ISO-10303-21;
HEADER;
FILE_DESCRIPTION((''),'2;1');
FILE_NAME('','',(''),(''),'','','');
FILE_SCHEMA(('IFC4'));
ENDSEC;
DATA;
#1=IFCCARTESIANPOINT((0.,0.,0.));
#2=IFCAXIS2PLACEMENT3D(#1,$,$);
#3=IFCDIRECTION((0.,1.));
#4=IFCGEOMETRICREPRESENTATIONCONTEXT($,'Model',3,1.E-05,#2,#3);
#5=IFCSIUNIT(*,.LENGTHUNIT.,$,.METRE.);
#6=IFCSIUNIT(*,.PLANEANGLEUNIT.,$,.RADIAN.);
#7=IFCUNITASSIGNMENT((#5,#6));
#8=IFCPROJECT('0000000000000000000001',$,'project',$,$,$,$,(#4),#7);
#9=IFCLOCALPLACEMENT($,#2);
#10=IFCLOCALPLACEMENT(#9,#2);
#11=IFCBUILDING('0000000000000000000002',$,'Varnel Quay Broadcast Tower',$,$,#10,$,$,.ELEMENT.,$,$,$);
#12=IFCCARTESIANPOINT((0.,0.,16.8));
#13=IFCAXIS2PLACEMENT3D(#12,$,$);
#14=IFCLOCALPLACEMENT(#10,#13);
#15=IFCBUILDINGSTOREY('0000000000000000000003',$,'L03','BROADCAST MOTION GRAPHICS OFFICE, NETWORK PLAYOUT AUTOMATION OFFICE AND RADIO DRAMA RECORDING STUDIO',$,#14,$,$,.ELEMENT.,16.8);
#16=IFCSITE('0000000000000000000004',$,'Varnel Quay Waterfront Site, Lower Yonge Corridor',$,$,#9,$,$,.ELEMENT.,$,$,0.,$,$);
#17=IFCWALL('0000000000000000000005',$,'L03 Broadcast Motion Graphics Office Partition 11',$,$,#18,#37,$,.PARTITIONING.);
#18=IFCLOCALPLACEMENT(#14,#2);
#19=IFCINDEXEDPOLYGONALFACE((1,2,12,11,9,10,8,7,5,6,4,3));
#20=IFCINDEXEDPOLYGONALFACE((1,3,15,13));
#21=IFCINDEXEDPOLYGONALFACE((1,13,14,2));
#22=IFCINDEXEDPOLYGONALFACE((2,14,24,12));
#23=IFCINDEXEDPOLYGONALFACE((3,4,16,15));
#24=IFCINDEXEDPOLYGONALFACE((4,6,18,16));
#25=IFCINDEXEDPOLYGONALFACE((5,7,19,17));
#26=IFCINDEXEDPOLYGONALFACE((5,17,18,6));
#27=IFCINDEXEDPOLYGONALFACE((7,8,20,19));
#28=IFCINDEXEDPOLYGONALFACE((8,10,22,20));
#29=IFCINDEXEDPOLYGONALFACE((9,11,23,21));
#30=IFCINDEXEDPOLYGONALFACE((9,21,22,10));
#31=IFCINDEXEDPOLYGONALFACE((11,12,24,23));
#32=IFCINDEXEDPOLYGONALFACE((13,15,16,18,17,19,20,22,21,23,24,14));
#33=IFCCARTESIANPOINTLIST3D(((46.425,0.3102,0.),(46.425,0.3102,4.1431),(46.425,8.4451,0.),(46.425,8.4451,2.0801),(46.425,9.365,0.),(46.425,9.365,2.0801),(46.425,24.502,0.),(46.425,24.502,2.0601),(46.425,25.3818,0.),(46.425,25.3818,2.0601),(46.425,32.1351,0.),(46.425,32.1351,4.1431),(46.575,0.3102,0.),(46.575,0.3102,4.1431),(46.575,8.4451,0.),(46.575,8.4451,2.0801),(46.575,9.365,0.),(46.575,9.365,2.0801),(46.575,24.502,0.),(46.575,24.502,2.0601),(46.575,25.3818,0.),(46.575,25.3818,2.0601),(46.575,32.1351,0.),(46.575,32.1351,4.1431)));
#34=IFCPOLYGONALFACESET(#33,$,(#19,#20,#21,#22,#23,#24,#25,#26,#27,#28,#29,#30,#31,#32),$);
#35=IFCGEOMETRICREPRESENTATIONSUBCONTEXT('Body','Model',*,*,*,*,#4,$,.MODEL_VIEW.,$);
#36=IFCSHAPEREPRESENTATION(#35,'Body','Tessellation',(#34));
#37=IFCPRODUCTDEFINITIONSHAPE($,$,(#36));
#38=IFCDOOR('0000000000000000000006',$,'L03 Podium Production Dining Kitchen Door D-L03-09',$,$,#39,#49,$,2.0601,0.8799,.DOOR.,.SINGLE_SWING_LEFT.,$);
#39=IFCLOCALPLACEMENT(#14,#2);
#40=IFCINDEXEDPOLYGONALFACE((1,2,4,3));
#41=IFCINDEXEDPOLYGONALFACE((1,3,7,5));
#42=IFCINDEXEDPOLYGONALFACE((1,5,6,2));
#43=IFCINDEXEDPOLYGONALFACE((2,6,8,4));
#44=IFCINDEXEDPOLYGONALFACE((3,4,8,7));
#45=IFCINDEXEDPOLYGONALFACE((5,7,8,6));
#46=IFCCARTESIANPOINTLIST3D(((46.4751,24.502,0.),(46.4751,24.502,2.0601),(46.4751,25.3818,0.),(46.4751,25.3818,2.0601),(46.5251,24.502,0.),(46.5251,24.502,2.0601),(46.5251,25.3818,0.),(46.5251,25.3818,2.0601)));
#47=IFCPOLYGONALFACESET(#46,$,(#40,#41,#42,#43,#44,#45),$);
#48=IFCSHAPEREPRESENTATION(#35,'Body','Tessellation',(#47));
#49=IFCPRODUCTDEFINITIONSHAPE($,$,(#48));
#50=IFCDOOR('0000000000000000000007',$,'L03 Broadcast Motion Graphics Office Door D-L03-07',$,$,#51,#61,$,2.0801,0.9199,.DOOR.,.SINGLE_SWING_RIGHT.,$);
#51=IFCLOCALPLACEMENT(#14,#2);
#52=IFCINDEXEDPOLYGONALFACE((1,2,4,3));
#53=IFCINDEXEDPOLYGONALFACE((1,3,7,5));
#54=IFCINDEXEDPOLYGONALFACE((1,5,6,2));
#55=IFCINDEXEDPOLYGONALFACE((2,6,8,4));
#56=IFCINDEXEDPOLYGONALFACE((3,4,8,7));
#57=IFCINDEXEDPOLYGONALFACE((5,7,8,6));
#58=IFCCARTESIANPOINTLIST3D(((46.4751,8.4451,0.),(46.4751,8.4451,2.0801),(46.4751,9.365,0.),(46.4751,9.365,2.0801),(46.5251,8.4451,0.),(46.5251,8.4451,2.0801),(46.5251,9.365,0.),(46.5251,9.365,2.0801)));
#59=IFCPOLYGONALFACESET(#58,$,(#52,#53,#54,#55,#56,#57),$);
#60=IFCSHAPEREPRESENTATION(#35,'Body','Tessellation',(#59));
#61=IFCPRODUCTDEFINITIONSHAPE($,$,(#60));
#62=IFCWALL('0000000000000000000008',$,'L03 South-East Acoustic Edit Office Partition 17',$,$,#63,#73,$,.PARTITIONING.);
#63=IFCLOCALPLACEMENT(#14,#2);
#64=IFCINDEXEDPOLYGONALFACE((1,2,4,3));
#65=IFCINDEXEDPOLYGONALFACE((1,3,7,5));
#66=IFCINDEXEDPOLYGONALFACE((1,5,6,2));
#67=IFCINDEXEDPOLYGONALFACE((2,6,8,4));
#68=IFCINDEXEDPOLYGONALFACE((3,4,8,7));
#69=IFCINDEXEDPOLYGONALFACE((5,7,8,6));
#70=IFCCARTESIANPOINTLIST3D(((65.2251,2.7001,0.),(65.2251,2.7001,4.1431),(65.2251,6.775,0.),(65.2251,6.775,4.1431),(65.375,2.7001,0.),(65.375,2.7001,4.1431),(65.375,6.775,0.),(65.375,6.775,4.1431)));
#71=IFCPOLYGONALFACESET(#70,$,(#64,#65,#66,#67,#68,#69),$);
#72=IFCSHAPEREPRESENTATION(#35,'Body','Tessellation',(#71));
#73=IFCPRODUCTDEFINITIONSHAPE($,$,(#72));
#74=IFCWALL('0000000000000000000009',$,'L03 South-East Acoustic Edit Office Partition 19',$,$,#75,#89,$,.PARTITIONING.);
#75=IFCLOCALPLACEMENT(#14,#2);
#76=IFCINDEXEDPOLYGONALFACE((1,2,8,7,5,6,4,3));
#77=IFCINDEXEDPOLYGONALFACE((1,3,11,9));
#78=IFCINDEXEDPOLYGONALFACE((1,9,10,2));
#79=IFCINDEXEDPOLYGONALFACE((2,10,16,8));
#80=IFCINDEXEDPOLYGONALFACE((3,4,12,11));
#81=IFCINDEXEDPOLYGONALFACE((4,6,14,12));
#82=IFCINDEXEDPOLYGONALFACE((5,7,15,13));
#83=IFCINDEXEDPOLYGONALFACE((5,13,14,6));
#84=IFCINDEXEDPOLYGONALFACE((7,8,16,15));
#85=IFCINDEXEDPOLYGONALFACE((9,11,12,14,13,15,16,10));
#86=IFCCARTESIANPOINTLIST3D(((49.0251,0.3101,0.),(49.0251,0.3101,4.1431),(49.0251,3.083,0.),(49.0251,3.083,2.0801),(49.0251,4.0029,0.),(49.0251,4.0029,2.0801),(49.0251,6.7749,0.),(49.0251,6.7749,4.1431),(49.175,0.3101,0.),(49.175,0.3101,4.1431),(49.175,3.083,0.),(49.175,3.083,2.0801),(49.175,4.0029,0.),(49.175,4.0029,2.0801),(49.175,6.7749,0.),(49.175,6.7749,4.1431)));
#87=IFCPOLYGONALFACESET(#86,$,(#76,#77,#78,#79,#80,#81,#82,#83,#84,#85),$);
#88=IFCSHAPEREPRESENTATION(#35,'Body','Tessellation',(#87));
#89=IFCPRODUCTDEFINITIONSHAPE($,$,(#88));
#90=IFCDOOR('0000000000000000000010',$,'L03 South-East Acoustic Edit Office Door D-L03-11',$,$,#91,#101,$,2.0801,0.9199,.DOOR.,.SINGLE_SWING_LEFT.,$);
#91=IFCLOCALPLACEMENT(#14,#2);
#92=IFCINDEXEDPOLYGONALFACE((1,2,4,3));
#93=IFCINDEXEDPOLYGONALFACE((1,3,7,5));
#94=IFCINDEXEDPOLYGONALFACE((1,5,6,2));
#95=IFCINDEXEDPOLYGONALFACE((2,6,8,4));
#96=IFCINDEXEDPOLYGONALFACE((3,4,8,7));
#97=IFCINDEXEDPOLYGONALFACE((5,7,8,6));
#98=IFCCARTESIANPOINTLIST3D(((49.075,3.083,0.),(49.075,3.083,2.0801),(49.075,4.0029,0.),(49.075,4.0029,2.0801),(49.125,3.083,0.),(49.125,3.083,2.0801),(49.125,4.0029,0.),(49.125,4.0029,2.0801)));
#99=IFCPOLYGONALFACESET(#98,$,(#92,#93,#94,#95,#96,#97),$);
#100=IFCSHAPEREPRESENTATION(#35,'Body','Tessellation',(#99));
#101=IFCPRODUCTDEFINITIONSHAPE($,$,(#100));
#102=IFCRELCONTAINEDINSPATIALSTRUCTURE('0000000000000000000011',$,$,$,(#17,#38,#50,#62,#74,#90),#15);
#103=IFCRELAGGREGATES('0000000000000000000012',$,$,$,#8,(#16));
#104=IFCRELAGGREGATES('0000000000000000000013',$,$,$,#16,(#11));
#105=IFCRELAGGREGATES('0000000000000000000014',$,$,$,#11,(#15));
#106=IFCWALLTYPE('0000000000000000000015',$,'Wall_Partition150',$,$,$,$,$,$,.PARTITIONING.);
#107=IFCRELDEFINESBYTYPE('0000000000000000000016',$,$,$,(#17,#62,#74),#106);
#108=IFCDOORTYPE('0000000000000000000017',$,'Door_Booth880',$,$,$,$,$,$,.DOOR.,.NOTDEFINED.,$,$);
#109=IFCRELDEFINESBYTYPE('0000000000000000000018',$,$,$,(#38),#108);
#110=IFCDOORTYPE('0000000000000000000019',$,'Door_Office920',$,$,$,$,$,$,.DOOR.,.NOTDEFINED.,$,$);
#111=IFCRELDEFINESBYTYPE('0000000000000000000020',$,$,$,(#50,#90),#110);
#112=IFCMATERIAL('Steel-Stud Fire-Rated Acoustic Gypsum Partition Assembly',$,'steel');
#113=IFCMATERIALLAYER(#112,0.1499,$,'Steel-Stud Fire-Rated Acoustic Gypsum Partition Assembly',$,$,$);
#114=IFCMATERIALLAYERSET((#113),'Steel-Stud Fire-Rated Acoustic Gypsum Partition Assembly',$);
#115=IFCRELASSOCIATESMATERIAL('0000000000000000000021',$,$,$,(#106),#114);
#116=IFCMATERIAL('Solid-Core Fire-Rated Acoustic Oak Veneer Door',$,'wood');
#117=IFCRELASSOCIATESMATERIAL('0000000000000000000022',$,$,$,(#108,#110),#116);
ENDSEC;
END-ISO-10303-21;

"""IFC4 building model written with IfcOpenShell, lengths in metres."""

from ifc_helpers import new_model, si_unit, direction, frame, frame_2d, origin, place, context, subcontext, project, spatial, rectangle, extrude, source, transform, mapped, material, layer, layer_set, type_object, type_shapes, element, fill, save


model = new_model("IFC4")

# Units and contexts
model_context = context("Model", 3, precision=1e-05, world=origin(), true_north=direction((0.0, 1.0)))
body_context = subcontext(model_context, "Body", "Model", "MODEL_VIEW")
ifc_project = project(units=[si_unit("LENGTHUNIT", "METRE"), si_unit("PLANEANGLEUNIT", "RADIAN")], contexts=[model_context])

# Site, building, storey
site_placement = place(None, origin())
site = spatial("IfcSite", under=ifc_project, at=site_placement, Name="Varnel Quay Waterfront Site, Lower Yonge Corridor", CompositionType="ELEMENT", RefElevation=0.0)
building_placement = place(site_placement, origin())
building = spatial("IfcBuilding", under=site, at=building_placement, Name="Varnel Quay Broadcast Tower", CompositionType="ELEMENT")
storey_placement = place(building_placement, frame((0.0, 0.0, 16.8)))
storey = spatial("IfcBuildingStorey", under=building, at=storey_placement, Name="L03", Description="BROADCAST MOTION GRAPHICS OFFICE, NETWORK PLAYOUT AUTOMATION OFFICE AND RADIO DRAMA RECORDING STUDIO", CompositionType="ELEMENT", Elevation=16.8)

# Wall, openings, doors
ifc_material_1 = material(Name="Steel-Stud Fire-Rated Acoustic Gypsum Partition Assembly", Category="steel")
ifc_layer_1 = layer(ifc_material_1, 0.1499, Name="Steel-Stud Fire-Rated Acoustic Gypsum Partition Assembly")
ifc_layer_set_1 = layer_set([ifc_layer_1], Name="Steel-Stud Fire-Rated Acoustic Gypsum Partition Assembly")
wall_type_1 = type_object("IfcWallType", Name="Wall_Partition150", PredefinedType="PARTITIONING", material=ifc_layer_set_1)
wall_1_placement = place(storey_placement, frame((46.5, 0.3101, 0.0), z_axis=(0.0, 0.0, 1.0), x_axis=(0.0, 1.0, 0.0)))
wall_1 = element("IfcWall", 1, at=wall_1_placement, inside=storey, type_object=wall_type_1, Name="L03 Broadcast Motion Graphics Office Partition 11", PredefinedType="PARTITIONING", context=body_context, shape_type="SweptSolid", body=[
    extrude(rectangle(XDim=31.825, YDim=0.1499, at=frame_2d((15.9126, 0.0))), origin(), (0.0, 0.0, 1.0), 4.1431),
])
opening_1_placement = place(wall_1_placement, frame((8.135, 0.0, 0.0)))
opening_1 = element("IfcOpeningElement", 2, at=opening_1_placement, cuts=wall_1, PredefinedType="OPENING", context=body_context, shape_type="SweptSolid", body=[
    extrude(rectangle(XDim=0.9199, YDim=2.0801, at=frame_2d((0.46, 1.04))), frame((0.0, 0.085, 0.0), z_axis=(0.0, -1.0, 0.0), x_axis=(1.0, 0.0, 0.0)), (0.0, 0.0, 1.0), 0.1699),
])
opening_2_placement = place(wall_1_placement, frame((24.1919, 0.0, 0.0)))
opening_2 = element("IfcOpeningElement", 3, at=opening_2_placement, cuts=wall_1, PredefinedType="OPENING", context=body_context, shape_type="SweptSolid", body=[
    extrude(rectangle(XDim=0.8799, YDim=2.0601, at=frame_2d((0.4399, 1.03))), frame((0.0, 0.085, 0.0), z_axis=(0.0, -1.0, 0.0), x_axis=(1.0, 0.0, 0.0)), (0.0, 0.0, 1.0), 0.1699),
])
ifc_material_2 = material(Name="Solid-Core Fire-Rated Acoustic Oak Veneer Door", Category="wood")
door_type_1 = type_object("IfcDoorType", Name="Door_Booth880", OperationType="NOTDEFINED", PredefinedType="DOOR", material=ifc_material_2)
shared_shape_1 = source(origin(), body_context, "Body", "SweptSolid", [
    extrude(rectangle(XDim=0.8799, YDim=2.0601, at=frame_2d((0.4399, 1.03))), frame((0.0, 0.0249, 0.0), z_axis=(0.0, -1.0, 0.0), x_axis=(1.0, 0.0, 0.0)), (0.0, 0.0, 1.0), 0.05),
])
type_shapes(door_type_1, [shared_shape_1])
door_1_placement = place(opening_2_placement, origin())
door_1 = element("IfcDoor", 4, at=door_1_placement, inside=storey, type_object=door_type_1, Name="L03 Podium Production Dining Kitchen Door D-L03-09", OperationType="SINGLE_SWING_LEFT", OverallHeight=2.0601, OverallWidth=0.8799, PredefinedType="DOOR", context=body_context, shape_type="MappedRepresentation", body=[
    mapped(shared_shape_1, transform((0.0, 0.0, 0.0), x_axis=(1.0, 0.0, 0.0), y_axis=(0.0, 1.0, 0.0), z_axis=(0.0, 0.0, 1.0), scale=1.0)),
])
fill(opening_2, door_1)
door_type_2 = type_object("IfcDoorType", Name="Door_Office920", OperationType="NOTDEFINED", PredefinedType="DOOR", material=ifc_material_2)
shared_shape_2 = source(origin(), body_context, "Body", "SweptSolid", [
    extrude(rectangle(XDim=0.9199, YDim=2.0801, at=frame_2d((0.46, 1.04))), frame((0.0, 0.0249, 0.0), z_axis=(0.0, -1.0, 0.0), x_axis=(1.0, 0.0, 0.0)), (0.0, 0.0, 1.0), 0.05),
])
type_shapes(door_type_2, [shared_shape_2])
door_2_placement = place(opening_1_placement, origin())
door_2 = element("IfcDoor", 5, at=door_2_placement, inside=storey, type_object=door_type_2, Name="L03 Broadcast Motion Graphics Office Door D-L03-07", OperationType="SINGLE_SWING_RIGHT", OverallHeight=2.0801, OverallWidth=0.9199, PredefinedType="DOOR", context=body_context, shape_type="MappedRepresentation", body=[
    mapped(shared_shape_2, transform((0.0, 0.0, 0.0), x_axis=(1.0, 0.0, 0.0), y_axis=(0.0, 1.0, 0.0), z_axis=(0.0, 0.0, 1.0), scale=1.0)),
])
fill(opening_1, door_2)

# Wall
wall_2_placement = place(storey_placement, frame((65.3, 2.7, 0.0), z_axis=(0.0, 0.0, 1.0), x_axis=(0.0, 1.0, 0.0)))
element("IfcWall", 6, at=wall_2_placement, inside=storey, type_object=wall_type_1, Name="L03 South-East Acoustic Edit Office Partition 17", PredefinedType="PARTITIONING", context=body_context, shape_type="SweptSolid", body=[
    extrude(rectangle(XDim=4.075, YDim=0.1499, at=frame_2d((2.0376, 0.0))), origin(), (0.0, 0.0, 1.0), 4.1431),
])

# Wall, opening, door
wall_3_placement = place(storey_placement, frame((49.1001, 0.3101, 0.0), z_axis=(0.0, 0.0, 1.0), x_axis=(0.0, 1.0, 0.0)))
wall_3 = element("IfcWall", 7, at=wall_3_placement, inside=storey, type_object=wall_type_1, Name="L03 South-East Acoustic Edit Office Partition 19", PredefinedType="PARTITIONING", context=body_context, shape_type="SweptSolid", body=[
    extrude(rectangle(XDim=6.4648, YDim=0.1499, at=frame_2d((3.2324, 0.0))), origin(), (0.0, 0.0, 1.0), 4.1431),
])
opening_3_placement = place(wall_3_placement, frame((2.7729, 0.0, 0.0)))
opening_3 = element("IfcOpeningElement", 8, at=opening_3_placement, cuts=wall_3, PredefinedType="OPENING", context=body_context, shape_type="SweptSolid", body=[
    extrude(rectangle(XDim=0.9199, YDim=2.0801, at=frame_2d((0.46, 1.04))), frame((0.0, 0.085, 0.0), z_axis=(0.0, -1.0, 0.0), x_axis=(1.0, 0.0, 0.0)), (0.0, 0.0, 1.0), 0.1699),
])
door_3_placement = place(opening_3_placement, frame((0.9199, 0.0, 0.0), z_axis=(0.0, 0.0, 1.0), x_axis=(-1.0, 0.0, 0.0)))
door_3 = element("IfcDoor", 9, at=door_3_placement, inside=storey, type_object=door_type_2, Name="L03 South-East Acoustic Edit Office Door D-L03-11", OperationType="SINGLE_SWING_LEFT", OverallHeight=2.0801, OverallWidth=0.9199, PredefinedType="DOOR", context=body_context, shape_type="MappedRepresentation", body=[
    mapped(shared_shape_2, transform((0.0, 0.0, 0.0), x_axis=(1.0, 0.0, 0.0), y_axis=(0.0, 1.0, 0.0), z_axis=(0.0, 0.0, 1.0), scale=1.0)),
])
fill(opening_3, door_3)

save(model, "model.ifc")
